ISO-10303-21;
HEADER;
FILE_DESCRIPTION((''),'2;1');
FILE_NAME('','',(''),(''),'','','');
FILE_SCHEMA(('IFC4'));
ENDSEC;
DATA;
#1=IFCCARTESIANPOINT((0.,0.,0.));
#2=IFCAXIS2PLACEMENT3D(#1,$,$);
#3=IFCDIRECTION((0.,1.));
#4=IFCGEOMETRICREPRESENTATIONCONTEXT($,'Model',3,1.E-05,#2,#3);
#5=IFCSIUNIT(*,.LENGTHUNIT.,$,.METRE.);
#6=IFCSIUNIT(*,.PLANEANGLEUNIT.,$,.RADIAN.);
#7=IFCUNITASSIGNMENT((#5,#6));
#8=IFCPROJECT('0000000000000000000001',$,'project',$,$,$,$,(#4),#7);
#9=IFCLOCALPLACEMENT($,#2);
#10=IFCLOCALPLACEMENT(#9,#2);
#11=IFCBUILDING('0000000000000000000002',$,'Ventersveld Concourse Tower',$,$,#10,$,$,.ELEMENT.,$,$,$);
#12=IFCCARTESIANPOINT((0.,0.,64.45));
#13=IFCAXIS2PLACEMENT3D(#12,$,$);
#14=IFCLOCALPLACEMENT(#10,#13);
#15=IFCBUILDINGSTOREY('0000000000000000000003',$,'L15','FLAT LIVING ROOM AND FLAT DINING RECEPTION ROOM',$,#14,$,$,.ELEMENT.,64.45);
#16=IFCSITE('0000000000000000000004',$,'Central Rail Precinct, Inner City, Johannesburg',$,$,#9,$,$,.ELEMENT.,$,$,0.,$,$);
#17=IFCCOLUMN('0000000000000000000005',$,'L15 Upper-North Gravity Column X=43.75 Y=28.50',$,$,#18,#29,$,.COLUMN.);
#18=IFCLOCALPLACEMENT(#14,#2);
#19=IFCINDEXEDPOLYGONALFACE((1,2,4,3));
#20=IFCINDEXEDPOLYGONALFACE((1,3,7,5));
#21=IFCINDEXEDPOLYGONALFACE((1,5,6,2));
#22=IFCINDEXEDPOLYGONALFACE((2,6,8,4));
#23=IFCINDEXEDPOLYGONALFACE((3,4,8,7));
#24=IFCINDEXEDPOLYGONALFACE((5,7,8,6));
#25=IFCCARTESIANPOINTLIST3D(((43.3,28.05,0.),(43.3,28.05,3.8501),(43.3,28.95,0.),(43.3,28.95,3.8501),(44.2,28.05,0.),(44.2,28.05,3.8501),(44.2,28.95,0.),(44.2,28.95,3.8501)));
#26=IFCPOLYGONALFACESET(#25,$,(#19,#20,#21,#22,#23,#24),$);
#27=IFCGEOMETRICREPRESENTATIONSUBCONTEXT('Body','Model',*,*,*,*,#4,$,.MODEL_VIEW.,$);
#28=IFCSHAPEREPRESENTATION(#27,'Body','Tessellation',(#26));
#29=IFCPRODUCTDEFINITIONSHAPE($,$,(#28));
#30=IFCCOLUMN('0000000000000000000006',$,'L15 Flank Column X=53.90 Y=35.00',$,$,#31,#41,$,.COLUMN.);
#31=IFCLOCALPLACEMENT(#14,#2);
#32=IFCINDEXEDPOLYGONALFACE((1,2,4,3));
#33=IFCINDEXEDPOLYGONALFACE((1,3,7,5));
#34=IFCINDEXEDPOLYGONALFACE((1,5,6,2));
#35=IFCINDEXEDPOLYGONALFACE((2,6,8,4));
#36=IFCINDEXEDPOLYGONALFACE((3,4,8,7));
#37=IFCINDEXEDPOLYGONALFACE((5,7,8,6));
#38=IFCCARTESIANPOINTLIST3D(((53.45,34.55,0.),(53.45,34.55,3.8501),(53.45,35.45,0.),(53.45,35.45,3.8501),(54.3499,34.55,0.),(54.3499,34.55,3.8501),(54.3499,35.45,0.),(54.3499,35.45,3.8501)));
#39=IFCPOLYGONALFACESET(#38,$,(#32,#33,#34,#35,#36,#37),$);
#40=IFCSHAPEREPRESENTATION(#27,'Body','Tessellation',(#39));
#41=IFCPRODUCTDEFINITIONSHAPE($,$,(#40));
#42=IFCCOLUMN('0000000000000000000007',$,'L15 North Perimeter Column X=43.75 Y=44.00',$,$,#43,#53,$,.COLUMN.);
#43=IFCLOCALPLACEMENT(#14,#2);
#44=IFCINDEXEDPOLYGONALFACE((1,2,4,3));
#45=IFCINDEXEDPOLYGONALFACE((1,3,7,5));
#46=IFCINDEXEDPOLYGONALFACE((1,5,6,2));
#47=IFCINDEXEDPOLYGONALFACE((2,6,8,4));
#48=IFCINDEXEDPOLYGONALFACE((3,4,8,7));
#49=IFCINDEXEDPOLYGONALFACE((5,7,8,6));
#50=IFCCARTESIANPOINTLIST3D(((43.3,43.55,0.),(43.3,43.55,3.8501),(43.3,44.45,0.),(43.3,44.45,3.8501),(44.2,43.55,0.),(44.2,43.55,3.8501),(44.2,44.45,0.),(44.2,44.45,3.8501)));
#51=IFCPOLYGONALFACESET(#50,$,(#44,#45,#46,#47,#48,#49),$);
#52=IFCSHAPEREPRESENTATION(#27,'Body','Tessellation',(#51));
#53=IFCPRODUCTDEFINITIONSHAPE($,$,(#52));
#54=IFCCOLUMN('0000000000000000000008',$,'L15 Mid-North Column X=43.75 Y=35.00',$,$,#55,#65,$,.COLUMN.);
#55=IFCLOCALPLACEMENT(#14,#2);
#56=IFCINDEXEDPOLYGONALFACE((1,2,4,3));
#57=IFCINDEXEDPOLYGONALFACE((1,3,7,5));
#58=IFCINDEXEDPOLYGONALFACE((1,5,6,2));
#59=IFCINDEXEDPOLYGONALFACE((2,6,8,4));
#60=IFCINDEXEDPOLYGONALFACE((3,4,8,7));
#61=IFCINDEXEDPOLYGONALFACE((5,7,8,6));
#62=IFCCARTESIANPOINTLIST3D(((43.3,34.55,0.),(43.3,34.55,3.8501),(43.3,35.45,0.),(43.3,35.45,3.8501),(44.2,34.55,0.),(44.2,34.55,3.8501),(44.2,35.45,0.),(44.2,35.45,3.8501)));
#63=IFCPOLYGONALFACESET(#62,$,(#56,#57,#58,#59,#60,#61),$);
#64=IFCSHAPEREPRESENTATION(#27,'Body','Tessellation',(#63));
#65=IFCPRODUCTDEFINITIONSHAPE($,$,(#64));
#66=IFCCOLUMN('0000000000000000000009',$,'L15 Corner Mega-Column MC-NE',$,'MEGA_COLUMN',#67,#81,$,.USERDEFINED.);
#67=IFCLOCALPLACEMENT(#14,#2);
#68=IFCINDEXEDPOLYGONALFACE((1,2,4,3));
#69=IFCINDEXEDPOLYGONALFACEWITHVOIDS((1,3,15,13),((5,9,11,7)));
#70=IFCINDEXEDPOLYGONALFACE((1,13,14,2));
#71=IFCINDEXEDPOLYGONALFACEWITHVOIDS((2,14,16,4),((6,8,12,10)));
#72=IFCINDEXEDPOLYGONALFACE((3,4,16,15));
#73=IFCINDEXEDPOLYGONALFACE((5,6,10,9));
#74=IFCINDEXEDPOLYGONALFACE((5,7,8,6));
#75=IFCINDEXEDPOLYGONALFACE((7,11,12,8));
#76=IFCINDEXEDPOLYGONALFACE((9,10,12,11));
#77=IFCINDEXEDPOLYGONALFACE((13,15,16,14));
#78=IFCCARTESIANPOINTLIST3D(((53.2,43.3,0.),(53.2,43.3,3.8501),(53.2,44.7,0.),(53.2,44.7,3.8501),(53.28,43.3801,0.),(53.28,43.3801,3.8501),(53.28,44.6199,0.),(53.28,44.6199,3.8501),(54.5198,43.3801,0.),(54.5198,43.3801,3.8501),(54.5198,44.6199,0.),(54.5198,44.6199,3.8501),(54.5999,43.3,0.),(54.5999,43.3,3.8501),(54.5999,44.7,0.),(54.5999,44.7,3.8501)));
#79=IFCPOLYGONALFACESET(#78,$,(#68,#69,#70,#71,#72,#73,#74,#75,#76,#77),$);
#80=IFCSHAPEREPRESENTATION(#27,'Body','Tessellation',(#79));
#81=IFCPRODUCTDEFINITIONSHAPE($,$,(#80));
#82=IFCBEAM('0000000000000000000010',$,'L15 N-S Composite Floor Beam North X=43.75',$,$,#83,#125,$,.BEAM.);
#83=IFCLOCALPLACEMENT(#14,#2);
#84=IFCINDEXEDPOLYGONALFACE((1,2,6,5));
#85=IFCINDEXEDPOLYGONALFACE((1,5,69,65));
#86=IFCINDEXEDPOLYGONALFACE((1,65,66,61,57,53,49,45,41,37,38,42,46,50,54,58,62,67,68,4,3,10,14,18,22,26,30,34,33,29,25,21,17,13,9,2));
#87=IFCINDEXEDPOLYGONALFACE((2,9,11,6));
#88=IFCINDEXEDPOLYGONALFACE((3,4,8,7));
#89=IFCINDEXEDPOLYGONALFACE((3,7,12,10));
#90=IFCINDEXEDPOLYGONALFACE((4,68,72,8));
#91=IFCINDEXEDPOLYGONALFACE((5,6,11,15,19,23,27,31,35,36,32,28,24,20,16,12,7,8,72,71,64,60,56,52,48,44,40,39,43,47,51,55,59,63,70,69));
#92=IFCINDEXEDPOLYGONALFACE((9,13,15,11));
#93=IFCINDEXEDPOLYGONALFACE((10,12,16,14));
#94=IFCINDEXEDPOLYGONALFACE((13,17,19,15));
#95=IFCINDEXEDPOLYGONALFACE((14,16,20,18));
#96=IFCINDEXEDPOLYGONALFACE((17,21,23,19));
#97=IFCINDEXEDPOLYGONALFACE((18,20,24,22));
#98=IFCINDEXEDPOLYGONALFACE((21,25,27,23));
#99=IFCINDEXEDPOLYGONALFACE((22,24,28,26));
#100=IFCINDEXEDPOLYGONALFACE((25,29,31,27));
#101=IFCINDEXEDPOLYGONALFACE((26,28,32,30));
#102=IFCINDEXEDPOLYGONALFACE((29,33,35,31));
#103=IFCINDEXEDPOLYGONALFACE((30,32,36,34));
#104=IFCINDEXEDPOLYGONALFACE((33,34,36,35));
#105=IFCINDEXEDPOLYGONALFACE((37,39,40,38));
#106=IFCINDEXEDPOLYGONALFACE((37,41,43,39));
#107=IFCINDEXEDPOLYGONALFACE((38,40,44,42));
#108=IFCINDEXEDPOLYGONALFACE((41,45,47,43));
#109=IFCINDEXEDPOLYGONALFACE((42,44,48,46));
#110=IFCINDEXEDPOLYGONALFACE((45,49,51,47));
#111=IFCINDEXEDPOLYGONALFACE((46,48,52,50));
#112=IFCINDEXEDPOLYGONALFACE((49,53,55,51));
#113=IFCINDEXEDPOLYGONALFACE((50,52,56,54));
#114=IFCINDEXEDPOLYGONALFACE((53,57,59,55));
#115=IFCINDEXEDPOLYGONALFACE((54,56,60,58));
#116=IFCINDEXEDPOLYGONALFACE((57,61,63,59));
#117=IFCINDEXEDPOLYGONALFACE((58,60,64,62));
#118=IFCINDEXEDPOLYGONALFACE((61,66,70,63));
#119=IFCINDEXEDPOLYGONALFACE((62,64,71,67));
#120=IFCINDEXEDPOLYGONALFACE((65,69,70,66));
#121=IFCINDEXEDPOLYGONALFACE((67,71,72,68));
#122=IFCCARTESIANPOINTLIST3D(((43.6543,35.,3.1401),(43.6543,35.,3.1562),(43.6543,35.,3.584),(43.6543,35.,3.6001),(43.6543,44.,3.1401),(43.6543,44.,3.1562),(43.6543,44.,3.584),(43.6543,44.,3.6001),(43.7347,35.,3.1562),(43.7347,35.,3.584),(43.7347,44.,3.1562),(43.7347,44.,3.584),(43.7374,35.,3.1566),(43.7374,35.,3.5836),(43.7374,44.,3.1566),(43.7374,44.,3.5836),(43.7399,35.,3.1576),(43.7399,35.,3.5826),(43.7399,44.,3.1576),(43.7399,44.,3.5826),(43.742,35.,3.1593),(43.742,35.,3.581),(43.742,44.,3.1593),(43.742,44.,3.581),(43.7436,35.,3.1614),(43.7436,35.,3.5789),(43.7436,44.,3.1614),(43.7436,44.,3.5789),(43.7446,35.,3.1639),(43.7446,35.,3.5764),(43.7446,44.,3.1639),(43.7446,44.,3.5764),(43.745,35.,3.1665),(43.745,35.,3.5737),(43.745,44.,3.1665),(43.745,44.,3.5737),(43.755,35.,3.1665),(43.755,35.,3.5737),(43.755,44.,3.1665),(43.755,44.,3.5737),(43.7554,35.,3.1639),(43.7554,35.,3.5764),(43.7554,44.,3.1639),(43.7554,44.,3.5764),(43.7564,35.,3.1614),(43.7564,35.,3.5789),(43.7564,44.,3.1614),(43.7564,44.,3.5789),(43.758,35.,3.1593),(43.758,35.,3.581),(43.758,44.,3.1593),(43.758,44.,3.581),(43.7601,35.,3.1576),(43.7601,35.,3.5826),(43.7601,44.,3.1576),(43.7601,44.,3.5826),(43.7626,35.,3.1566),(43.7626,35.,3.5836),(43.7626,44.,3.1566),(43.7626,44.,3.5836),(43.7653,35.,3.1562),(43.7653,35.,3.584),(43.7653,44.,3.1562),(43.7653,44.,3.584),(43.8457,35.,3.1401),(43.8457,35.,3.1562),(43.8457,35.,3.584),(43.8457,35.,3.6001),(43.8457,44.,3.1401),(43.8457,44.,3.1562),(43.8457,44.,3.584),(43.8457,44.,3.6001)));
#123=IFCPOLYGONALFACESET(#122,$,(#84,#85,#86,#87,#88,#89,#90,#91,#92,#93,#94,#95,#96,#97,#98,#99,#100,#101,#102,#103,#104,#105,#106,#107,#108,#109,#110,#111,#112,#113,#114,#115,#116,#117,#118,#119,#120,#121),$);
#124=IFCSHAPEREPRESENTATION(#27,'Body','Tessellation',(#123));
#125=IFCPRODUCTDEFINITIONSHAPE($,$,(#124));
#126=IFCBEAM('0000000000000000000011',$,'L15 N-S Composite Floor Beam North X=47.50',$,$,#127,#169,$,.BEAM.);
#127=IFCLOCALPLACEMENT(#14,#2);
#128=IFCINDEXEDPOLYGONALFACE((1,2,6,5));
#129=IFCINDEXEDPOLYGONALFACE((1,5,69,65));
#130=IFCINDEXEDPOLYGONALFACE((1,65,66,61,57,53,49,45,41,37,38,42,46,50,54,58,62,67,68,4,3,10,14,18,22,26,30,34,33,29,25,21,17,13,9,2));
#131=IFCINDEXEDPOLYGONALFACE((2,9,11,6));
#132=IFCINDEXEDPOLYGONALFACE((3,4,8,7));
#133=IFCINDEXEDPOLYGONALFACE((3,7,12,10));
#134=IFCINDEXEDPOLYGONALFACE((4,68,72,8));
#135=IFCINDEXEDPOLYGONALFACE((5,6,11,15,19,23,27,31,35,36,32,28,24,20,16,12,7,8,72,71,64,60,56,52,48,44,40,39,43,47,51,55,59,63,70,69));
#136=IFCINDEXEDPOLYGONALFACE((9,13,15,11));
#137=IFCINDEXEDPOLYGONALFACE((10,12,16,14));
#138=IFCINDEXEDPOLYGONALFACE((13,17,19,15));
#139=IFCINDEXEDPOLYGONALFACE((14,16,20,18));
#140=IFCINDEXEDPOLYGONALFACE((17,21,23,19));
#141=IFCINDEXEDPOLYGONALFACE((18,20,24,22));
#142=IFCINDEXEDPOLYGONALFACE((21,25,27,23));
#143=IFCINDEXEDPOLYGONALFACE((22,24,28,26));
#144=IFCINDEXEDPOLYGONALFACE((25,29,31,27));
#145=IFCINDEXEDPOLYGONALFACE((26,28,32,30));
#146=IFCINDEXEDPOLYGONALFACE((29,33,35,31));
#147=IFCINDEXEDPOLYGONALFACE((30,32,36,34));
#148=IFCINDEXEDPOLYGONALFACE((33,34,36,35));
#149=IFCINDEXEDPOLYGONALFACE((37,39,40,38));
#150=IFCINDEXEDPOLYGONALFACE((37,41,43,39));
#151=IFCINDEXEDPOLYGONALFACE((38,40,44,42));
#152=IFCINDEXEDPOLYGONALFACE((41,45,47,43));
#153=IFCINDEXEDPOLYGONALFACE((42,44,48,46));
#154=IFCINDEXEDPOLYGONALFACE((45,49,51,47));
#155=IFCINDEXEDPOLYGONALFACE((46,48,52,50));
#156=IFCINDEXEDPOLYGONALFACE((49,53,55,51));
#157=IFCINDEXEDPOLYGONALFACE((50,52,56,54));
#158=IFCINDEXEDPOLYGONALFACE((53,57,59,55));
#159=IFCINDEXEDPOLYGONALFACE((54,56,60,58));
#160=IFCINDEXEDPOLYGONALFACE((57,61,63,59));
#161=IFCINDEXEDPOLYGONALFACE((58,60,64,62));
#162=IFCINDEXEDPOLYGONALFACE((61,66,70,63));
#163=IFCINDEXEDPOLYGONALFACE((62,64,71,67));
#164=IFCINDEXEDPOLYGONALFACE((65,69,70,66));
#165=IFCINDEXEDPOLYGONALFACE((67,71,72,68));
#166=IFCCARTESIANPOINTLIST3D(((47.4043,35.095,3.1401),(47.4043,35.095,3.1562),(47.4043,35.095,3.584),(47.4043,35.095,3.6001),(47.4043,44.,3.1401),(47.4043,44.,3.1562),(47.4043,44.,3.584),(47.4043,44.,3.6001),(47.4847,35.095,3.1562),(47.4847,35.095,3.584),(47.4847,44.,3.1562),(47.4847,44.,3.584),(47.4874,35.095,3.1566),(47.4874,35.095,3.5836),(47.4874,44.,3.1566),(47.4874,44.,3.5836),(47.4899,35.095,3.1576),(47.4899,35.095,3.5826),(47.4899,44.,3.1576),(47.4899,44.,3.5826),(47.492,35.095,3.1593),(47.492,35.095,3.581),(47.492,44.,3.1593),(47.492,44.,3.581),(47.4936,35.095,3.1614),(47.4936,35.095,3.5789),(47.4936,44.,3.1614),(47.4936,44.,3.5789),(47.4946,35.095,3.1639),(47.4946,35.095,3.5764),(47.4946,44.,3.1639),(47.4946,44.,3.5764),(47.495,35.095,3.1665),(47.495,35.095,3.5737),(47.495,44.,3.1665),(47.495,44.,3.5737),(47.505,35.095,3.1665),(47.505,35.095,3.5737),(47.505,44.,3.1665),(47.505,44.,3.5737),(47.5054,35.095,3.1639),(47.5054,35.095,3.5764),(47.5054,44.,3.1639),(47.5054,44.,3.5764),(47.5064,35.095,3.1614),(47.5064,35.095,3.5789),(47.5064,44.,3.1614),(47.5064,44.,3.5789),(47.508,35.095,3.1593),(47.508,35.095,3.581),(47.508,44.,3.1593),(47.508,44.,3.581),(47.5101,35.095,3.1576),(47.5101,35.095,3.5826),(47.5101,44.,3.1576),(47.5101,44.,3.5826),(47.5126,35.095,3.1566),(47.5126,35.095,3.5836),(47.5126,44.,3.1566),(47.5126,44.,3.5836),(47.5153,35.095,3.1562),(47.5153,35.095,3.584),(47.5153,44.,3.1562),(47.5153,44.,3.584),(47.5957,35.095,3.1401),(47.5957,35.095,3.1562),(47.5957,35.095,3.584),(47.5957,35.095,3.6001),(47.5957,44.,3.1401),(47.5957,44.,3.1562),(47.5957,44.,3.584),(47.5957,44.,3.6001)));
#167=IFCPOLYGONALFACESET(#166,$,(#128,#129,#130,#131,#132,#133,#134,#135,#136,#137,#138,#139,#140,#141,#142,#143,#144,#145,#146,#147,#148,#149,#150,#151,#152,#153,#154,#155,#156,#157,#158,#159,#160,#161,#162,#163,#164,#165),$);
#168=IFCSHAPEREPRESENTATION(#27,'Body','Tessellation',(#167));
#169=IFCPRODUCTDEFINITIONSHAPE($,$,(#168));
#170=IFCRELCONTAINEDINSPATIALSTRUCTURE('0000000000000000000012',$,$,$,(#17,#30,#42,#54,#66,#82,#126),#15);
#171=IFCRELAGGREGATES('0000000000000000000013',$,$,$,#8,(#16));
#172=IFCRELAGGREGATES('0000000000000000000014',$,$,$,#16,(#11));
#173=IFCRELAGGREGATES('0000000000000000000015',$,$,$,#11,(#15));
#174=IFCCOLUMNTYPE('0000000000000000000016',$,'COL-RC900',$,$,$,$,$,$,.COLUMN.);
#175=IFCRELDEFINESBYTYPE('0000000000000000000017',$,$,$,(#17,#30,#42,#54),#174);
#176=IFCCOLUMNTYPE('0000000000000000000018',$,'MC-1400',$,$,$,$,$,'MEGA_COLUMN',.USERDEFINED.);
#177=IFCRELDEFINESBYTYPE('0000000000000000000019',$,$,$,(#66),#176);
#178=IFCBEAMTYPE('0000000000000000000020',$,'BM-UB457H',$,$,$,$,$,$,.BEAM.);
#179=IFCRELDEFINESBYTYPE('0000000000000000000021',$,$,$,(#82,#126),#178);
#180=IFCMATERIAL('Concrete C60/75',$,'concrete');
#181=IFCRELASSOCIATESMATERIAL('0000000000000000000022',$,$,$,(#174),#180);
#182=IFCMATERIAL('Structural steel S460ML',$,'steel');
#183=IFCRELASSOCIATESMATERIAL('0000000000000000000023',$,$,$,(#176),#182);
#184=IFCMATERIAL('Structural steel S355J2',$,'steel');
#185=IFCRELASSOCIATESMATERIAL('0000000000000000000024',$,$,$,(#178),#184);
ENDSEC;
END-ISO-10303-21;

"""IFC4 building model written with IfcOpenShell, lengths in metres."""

from ifc_helpers import new_model, si_unit, direction, frame, origin, origin_2d, place, context, subcontext, project, spatial, rectangle, hollow_rectangle, i_section, extrude, material, material_profile, profile_set, type_object, element, save


model = new_model("IFC4")

# Units and contexts
model_context = context("Model", 3, precision=1e-05, world=origin(), true_north=direction((0.0, 1.0)))
body_context = subcontext(model_context, "Body", "Model", "MODEL_VIEW")
ifc_project = project(units=[si_unit("LENGTHUNIT", "METRE"), si_unit("PLANEANGLEUNIT", "RADIAN")], contexts=[model_context])

# Site, building, storey
site_placement = place(None, origin())
site = spatial("IfcSite", under=ifc_project, at=site_placement, Name="Central Rail Precinct, Inner City, Johannesburg", CompositionType="ELEMENT", RefElevation=0.0)
building_placement = place(site_placement, origin())
building = spatial("IfcBuilding", under=site, at=building_placement, Name="Ventersveld Concourse Tower", CompositionType="ELEMENT")
storey_placement = place(building_placement, frame((0.0, 0.0, 64.45)))
storey = spatial("IfcBuildingStorey", under=building, at=storey_placement, Name="L15", Description="FLAT LIVING ROOM AND FLAT DINING RECEPTION ROOM", CompositionType="ELEMENT", Elevation=64.45)

# Columns
ifc_material_1 = material(Name="Concrete C60/75", Category="concrete")
ifc_material_profile_1 = material_profile(ifc_material_1, rectangle(XDim=0.8999, YDim=0.8999, at=origin_2d()), Name="RC 900x900")
ifc_profile_set_1 = profile_set([ifc_material_profile_1], Name="Concrete C60/75")
column_type_1 = type_object("IfcColumnType", Name="COL-RC900", PredefinedType="COLUMN", material=ifc_profile_set_1)
for number, where, z_axis, x_axis, name in (
    (1, (43.75, 28.5, 0.0), (0.0, 0.0, 1.0), (1.0, 0.0, 0.0), "L15 Upper-North Gravity Column X=43.75 Y=28.50"),
    (2, (53.8999, 35.0, 0.0), (0.0, 0.0, 1.0), (1.0, 0.0, 0.0), "L15 Flank Column X=53.90 Y=35.00"),
    (3, (43.75, 44.0, 0.0), (0.0, 0.0, 1.0), (1.0, 0.0, 0.0), "L15 North Perimeter Column X=43.75 Y=44.00"),
    (4, (43.75, 35.0, 0.0), (0.0, 0.0, 1.0), (1.0, 0.0, 0.0), "L15 Mid-North Column X=43.75 Y=35.00"),
):
    element("IfcColumn", number, at=place(storey_placement, frame(where, z_axis=z_axis, x_axis=x_axis)), inside=storey, type_object=column_type_1, Name=name, PredefinedType="COLUMN", context=body_context, shape_type="SweptSolid", body=[
        extrude(rectangle(XDim=0.8999, YDim=0.8999, at=origin_2d()), origin(), (0.0, 0.0, 1.0), 3.8501),
    ])
ifc_material_2 = material(Name="Structural steel S460ML", Category="steel")
ifc_material_profile_2 = material_profile(ifc_material_2, hollow_rectangle(XDim=1.3999, YDim=1.3999, WallThickness=0.0801, at=origin_2d()), Name="BOX 1400x1400x80")
ifc_profile_set_2 = profile_set([ifc_material_profile_2], Name="Structural steel S460ML")
column_type_2 = type_object("IfcColumnType", Name="MC-1400", ElementType="MEGA_COLUMN", PredefinedType="USERDEFINED", material=ifc_profile_set_2)
column_placement = place(storey_placement, frame((53.8999, 44.0, 0.0), z_axis=(0.0, 0.0, 1.0), x_axis=(1.0, 0.0, 0.0)))
element("IfcColumn", 5, at=column_placement, inside=storey, type_object=column_type_2, Name="L15 Corner Mega-Column MC-NE", ObjectType="MEGA_COLUMN", PredefinedType="USERDEFINED", context=body_context, shape_type="SweptSolid", body=[
    extrude(hollow_rectangle(XDim=1.3999, YDim=1.3999, WallThickness=0.0801, at=origin_2d()), origin(), (0.0, 0.0, 1.0), 3.8501),
])

# Beams
ifc_material_3 = material(Name="Structural steel S355J2", Category="steel")
ifc_material_profile_3 = material_profile(ifc_material_3, i_section(OverallWidth=0.1914, OverallDepth=0.46, WebThickness=0.01, FlangeThickness=0.0161, FilletRadius=0.0103, at=origin_2d()), Name="UB 457x191x82")
ifc_profile_set_3 = profile_set([ifc_material_profile_3], Name="Structural steel S355J2")
beam_type_1 = type_object("IfcBeamType", Name="BM-UB457H", PredefinedType="BEAM", material=ifc_profile_set_3)
beam_1_placement = place(storey_placement, frame((43.75, 35.0, 3.3701), z_axis=(0.0, 1.0, 0.0), x_axis=(-1.0, 0.0, 0.0)))
element("IfcBeam", 6, at=beam_1_placement, inside=storey, type_object=beam_type_1, Name="L15 N-S Composite Floor Beam North X=43.75", PredefinedType="BEAM", context=body_context, shape_type="SweptSolid", body=[
    extrude(i_section(OverallWidth=0.1914, OverallDepth=0.46, WebThickness=0.01, FlangeThickness=0.0161, FilletRadius=0.0103, at=origin_2d()), origin(), (0.0, 0.0, 1.0), 9.0),
])
beam_2_placement = place(storey_placement, frame((47.5, 35.095, 3.3701), z_axis=(0.0, 1.0, 0.0), x_axis=(-1.0, 0.0, 0.0)))
element("IfcBeam", 7, at=beam_2_placement, inside=storey, type_object=beam_type_1, Name="L15 N-S Composite Floor Beam North X=47.50", PredefinedType="BEAM", context=body_context, shape_type="SweptSolid", body=[
    extrude(i_section(OverallWidth=0.1914, OverallDepth=0.46, WebThickness=0.01, FlangeThickness=0.0161, FilletRadius=0.0103, at=origin_2d()), origin(), (0.0, 0.0, 1.0), 8.905),
])

save(model, "model.ifc")
